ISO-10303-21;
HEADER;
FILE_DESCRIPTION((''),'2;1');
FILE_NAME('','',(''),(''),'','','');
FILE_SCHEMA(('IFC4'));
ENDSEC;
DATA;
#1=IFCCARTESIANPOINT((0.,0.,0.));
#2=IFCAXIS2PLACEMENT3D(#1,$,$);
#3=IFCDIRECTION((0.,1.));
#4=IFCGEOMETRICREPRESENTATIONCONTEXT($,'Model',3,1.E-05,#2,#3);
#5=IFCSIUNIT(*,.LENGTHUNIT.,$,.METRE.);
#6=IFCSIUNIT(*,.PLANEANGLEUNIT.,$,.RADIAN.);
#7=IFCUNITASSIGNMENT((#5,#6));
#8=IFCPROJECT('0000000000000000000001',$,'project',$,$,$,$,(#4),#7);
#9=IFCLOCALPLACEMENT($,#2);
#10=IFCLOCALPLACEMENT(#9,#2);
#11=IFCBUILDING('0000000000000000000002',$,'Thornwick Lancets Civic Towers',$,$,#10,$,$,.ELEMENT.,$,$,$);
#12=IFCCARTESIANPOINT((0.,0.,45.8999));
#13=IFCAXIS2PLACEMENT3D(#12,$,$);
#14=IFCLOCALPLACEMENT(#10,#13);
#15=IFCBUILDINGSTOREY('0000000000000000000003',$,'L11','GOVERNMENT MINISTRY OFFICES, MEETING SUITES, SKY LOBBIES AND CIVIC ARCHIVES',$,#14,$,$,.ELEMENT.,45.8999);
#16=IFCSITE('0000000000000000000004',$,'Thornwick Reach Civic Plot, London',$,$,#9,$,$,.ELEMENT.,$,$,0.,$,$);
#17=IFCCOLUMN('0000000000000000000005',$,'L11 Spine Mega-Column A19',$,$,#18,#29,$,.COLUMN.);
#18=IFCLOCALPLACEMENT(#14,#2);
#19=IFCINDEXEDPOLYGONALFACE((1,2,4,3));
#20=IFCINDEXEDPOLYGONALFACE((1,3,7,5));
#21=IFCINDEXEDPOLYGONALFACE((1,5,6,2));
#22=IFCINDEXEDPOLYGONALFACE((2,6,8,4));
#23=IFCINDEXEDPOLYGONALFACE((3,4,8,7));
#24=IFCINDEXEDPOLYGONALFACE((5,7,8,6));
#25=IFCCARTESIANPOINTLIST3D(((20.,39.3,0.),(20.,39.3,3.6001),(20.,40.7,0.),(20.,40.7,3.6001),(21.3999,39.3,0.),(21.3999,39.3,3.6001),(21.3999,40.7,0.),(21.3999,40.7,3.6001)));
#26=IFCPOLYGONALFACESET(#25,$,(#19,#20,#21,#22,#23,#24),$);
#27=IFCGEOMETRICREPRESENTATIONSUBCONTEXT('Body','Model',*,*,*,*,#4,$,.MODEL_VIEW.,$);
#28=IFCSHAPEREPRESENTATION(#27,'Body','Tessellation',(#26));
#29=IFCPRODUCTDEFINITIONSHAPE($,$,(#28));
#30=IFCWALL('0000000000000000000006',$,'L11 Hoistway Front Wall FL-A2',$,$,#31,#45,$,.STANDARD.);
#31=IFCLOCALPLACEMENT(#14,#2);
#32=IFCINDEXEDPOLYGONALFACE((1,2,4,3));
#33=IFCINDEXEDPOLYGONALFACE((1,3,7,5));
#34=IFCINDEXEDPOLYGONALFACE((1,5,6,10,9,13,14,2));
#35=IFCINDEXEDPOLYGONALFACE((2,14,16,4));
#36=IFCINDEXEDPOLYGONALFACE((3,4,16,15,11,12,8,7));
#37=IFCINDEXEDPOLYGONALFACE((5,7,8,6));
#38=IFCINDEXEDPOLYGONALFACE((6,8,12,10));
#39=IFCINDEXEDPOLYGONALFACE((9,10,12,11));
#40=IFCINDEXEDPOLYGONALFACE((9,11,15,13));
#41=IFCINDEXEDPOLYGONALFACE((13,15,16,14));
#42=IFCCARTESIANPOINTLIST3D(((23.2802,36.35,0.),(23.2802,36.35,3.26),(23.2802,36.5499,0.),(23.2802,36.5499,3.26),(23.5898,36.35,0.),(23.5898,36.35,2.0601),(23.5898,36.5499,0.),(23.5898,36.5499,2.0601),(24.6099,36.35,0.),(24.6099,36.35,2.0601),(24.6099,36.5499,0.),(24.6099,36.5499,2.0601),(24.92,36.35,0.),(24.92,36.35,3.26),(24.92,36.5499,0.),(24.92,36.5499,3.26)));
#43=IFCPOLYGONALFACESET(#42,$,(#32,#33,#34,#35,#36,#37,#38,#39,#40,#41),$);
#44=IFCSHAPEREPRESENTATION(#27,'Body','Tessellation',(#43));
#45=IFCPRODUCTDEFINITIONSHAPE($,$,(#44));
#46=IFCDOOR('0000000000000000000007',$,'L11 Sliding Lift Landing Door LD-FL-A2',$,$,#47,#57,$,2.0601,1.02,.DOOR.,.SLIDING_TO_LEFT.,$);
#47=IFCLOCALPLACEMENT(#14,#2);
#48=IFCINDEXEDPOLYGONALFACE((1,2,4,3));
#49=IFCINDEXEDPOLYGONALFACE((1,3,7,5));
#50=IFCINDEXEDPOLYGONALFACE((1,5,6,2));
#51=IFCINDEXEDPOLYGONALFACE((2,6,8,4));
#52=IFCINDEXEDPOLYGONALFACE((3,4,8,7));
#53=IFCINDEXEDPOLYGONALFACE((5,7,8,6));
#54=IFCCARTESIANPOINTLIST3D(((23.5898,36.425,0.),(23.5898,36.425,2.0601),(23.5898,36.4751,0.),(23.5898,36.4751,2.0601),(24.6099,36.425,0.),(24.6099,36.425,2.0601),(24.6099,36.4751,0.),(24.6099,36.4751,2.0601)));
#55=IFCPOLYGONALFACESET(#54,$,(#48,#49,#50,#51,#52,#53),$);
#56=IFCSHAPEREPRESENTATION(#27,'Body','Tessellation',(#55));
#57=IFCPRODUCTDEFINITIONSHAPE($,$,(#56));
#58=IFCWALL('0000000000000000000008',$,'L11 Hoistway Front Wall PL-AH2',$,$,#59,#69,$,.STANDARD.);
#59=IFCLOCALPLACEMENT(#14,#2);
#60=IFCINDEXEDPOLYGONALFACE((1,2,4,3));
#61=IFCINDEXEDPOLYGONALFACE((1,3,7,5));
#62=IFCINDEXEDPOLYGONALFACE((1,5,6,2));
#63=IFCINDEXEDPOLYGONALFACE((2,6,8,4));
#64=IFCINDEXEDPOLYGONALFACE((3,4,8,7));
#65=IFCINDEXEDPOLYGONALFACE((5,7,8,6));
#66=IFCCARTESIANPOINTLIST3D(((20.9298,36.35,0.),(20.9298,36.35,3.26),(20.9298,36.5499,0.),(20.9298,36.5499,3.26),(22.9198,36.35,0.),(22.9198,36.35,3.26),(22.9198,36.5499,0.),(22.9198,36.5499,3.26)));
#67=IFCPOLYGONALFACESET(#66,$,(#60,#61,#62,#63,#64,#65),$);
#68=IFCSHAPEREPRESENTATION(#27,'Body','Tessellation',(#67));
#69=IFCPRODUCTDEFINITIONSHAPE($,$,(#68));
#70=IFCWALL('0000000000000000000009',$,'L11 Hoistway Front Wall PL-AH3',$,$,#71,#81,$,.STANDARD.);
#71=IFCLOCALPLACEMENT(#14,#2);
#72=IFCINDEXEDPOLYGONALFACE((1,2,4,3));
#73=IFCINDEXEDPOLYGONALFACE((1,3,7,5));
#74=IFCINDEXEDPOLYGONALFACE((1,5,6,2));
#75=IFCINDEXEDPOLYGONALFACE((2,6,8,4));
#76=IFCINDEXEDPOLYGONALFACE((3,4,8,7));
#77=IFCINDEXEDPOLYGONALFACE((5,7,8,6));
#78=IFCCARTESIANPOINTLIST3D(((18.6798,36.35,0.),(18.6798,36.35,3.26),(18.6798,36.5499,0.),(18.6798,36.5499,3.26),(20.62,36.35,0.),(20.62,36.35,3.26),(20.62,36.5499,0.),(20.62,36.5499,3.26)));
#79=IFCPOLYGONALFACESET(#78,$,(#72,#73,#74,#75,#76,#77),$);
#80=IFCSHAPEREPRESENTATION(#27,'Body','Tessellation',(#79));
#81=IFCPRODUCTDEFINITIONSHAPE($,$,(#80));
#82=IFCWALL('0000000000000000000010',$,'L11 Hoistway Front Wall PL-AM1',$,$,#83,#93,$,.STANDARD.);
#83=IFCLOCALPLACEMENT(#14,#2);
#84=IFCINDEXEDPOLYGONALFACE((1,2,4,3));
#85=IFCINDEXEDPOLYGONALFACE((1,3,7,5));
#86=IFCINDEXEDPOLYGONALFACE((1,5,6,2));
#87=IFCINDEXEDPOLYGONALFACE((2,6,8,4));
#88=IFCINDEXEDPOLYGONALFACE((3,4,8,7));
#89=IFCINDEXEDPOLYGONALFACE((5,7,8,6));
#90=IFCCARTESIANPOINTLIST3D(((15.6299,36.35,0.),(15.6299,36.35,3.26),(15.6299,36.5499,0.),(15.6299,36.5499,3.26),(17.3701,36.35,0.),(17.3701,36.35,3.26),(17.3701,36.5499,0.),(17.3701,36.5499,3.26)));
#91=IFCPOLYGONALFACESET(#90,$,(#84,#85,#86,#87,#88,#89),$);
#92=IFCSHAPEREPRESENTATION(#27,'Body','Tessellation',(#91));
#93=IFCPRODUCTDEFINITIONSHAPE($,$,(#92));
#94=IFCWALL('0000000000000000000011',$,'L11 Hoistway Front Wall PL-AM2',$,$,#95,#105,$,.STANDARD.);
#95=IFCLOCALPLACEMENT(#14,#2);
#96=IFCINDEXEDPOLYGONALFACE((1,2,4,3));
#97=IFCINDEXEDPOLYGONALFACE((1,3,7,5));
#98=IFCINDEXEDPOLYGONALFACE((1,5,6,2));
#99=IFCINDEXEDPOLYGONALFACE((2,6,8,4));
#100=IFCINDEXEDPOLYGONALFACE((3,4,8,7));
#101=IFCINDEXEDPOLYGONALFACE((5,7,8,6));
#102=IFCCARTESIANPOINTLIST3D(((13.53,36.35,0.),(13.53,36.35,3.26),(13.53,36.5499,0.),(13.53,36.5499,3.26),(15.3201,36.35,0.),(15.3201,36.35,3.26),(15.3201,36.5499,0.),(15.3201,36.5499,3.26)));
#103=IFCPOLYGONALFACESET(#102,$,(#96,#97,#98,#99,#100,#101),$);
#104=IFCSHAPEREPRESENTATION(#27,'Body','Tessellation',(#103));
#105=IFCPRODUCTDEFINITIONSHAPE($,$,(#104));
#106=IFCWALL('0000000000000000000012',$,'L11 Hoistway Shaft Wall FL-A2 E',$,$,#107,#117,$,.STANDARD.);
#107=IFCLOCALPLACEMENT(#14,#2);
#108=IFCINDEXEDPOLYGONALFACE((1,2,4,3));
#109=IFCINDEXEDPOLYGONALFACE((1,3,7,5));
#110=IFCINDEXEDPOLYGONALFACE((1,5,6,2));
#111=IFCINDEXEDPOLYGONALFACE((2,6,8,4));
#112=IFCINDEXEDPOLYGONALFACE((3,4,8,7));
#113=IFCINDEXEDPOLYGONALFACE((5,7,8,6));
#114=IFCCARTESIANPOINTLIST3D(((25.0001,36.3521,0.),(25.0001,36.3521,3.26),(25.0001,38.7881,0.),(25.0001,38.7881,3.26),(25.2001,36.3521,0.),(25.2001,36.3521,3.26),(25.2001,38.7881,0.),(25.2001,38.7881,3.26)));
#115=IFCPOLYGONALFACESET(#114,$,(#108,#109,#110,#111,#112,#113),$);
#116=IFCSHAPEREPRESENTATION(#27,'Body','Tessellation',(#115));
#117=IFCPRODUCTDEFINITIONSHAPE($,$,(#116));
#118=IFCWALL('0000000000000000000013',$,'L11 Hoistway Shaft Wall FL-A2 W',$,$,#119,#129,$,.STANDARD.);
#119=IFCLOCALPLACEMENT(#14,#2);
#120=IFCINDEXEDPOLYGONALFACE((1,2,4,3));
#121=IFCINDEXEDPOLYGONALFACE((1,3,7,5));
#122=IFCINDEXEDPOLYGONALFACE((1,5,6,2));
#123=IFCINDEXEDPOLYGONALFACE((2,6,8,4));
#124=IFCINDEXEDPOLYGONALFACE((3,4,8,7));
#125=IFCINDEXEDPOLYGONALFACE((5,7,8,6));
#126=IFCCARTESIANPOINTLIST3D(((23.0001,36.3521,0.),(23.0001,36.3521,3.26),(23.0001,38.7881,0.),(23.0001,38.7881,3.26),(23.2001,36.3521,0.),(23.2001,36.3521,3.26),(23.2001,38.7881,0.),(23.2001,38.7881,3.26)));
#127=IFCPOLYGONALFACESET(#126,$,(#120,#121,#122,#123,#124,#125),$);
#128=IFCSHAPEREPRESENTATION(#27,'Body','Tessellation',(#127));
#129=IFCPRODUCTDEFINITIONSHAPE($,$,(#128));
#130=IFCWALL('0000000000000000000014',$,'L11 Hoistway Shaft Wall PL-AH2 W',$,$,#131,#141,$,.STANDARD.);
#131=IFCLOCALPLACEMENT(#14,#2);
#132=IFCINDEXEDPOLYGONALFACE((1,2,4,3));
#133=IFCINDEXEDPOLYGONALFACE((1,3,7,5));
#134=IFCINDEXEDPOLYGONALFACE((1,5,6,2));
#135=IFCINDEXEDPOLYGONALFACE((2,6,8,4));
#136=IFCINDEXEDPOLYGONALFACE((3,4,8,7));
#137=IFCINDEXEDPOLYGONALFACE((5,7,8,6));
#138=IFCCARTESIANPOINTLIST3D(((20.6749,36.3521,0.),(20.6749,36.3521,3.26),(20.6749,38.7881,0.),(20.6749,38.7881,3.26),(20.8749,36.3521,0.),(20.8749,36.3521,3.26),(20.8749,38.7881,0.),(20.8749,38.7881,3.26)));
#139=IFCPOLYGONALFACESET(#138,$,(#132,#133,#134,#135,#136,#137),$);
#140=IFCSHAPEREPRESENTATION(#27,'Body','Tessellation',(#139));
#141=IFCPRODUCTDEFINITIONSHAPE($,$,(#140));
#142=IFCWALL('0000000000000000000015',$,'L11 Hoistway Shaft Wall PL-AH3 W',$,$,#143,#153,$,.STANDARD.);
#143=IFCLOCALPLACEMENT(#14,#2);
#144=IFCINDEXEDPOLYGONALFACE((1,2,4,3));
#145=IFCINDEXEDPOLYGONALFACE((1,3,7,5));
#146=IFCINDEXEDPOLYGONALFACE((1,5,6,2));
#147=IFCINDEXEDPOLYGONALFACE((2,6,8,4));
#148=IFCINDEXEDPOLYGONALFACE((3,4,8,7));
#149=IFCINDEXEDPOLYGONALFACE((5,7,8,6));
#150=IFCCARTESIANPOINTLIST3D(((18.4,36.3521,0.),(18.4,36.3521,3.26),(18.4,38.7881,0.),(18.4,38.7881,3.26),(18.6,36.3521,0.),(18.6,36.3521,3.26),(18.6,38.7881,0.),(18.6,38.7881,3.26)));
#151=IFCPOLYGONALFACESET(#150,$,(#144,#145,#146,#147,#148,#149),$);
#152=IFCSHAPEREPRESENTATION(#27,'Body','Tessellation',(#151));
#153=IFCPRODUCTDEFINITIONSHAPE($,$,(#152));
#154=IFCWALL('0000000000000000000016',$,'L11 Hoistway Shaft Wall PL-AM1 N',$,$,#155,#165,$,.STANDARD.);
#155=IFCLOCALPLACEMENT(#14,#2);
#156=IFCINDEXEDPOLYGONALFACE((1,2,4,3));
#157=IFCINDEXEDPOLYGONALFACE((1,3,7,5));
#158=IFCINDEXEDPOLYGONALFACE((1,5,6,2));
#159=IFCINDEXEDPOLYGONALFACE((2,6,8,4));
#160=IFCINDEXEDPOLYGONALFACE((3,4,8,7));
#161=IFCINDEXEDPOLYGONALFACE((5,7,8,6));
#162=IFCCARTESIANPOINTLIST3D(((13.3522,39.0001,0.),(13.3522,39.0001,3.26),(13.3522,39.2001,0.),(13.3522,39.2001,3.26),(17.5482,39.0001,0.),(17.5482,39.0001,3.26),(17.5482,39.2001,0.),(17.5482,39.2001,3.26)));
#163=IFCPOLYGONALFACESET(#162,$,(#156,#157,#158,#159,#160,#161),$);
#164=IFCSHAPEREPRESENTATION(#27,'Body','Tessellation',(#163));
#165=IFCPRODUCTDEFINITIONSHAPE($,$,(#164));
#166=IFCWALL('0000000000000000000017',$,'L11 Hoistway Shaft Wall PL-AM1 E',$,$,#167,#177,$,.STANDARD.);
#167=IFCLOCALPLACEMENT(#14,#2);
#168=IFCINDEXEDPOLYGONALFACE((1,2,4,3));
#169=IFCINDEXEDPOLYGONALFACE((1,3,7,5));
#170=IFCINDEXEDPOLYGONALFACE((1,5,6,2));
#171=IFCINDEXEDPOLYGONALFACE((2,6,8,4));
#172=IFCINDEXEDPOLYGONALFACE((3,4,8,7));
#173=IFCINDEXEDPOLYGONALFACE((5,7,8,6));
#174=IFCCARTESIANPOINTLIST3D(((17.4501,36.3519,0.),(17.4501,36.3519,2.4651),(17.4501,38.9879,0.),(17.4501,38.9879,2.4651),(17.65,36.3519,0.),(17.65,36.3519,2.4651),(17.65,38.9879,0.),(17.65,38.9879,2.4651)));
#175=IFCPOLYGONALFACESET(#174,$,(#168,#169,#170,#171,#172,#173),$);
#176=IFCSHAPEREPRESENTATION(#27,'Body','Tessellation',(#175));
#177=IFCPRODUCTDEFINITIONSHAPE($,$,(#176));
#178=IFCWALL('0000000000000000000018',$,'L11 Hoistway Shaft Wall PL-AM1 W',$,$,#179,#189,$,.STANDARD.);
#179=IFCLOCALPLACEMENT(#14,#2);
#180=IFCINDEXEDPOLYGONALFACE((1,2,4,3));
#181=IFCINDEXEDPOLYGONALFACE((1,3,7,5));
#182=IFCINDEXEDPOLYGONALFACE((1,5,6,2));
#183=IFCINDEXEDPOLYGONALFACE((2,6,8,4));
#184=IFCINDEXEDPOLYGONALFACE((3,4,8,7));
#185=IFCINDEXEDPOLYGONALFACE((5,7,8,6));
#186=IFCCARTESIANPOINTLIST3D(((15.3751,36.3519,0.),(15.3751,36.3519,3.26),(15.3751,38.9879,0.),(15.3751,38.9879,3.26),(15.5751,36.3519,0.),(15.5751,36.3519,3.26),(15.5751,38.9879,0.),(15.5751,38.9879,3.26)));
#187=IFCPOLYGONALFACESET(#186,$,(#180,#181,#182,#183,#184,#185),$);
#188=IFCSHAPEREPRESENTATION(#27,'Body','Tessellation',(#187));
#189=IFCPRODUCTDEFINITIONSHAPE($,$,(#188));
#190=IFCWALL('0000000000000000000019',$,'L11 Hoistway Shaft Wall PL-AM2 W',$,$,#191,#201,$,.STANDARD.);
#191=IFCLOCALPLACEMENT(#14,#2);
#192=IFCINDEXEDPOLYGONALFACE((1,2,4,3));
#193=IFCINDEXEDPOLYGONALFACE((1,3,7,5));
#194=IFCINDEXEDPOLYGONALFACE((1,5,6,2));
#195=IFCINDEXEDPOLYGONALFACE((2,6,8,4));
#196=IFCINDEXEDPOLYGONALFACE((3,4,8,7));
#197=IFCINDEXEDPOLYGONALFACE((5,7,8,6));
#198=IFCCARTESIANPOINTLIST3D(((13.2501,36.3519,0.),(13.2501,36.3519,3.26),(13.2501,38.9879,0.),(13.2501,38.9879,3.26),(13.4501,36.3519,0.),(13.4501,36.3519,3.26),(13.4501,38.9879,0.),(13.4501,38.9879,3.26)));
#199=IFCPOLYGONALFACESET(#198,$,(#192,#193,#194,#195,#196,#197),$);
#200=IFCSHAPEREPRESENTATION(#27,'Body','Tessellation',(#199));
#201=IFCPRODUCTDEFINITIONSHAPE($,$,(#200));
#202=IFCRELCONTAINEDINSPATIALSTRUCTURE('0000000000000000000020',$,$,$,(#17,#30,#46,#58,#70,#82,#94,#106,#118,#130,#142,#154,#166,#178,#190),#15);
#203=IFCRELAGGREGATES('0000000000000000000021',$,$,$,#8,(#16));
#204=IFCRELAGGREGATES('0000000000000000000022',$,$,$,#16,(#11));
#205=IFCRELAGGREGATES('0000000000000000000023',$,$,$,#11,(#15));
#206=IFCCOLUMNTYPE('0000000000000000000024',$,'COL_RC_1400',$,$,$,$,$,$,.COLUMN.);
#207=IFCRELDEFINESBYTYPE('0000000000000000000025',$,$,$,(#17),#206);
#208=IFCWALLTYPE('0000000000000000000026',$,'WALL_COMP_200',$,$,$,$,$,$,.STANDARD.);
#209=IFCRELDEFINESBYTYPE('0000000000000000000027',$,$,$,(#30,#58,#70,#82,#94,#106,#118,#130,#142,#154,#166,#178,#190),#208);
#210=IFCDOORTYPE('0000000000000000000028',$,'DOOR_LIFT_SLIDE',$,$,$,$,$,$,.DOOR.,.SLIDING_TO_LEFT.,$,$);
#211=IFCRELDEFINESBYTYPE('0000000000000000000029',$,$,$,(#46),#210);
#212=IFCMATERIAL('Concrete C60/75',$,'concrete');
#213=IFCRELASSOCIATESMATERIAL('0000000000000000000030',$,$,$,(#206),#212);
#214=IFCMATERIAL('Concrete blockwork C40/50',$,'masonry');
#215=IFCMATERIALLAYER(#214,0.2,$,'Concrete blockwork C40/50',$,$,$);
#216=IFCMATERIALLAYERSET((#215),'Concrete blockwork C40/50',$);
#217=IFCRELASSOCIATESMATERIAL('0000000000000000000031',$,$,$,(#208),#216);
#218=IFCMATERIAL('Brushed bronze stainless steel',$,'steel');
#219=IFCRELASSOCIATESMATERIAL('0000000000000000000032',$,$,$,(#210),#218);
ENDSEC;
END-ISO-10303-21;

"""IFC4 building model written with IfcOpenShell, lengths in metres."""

from ifc_helpers import new_model, si_unit, direction, frame, frame_2d, origin, origin_2d, place, context, subcontext, project, spatial, rectangle, extrude, material, layer, layer_set, material_profile, profile_set, type_object, element, fill, save


model = new_model("IFC4")

# Units and contexts
model_context = context("Model", 3, precision=1e-05, world=origin(), true_north=direction((0.0, 1.0)))
body_context = subcontext(model_context, "Body", "Model", "MODEL_VIEW")
ifc_project = project(units=[si_unit("LENGTHUNIT", "METRE"), si_unit("PLANEANGLEUNIT", "RADIAN")], contexts=[model_context])

# Site, building, storey
site_placement = place(None, origin())
site = spatial("IfcSite", under=ifc_project, at=site_placement, Name="Thornwick Reach Civic Plot, London", CompositionType="ELEMENT", RefElevation=0.0)
building_placement = place(site_placement, origin())
building = spatial("IfcBuilding", under=site, at=building_placement, Name="Thornwick Lancets Civic Towers", CompositionType="ELEMENT")
storey_placement = place(building_placement, frame((0.0, 0.0, 45.8999)))
storey = spatial("IfcBuildingStorey", under=building, at=storey_placement, Name="L11", Description="GOVERNMENT MINISTRY OFFICES, MEETING SUITES, SKY LOBBIES AND CIVIC ARCHIVES", CompositionType="ELEMENT", Elevation=45.8999)

# Column
ifc_material_1 = material(Name="Concrete C60/75", Category="concrete")
ifc_material_profile = material_profile(ifc_material_1, rectangle(XDim=1.3999, YDim=1.3999, at=origin_2d()), Name="RC 1400x1400")
ifc_profile_set = profile_set([ifc_material_profile], Name="Concrete C60/75")
column_type = type_object("IfcColumnType", Name="COL_RC_1400", PredefinedType="COLUMN", material=ifc_profile_set)
column_placement = place(storey_placement, frame((20.7, 40.0, 0.0), z_axis=(0.0, 0.0, 1.0), x_axis=(1.0, 0.0, 0.0)))
element("IfcColumn", 1, at=column_placement, inside=storey, type_object=column_type, Name="L11 Spine Mega-Column A19", PredefinedType="COLUMN", context=body_context, shape_type="SweptSolid", body=[
    extrude(rectangle(XDim=1.3999, YDim=1.3999, at=origin_2d()), origin(), (0.0, 0.0, 1.0), 3.6001),
])

# Wall, opening, door
ifc_material_2 = material(Name="Concrete blockwork C40/50", Category="masonry")
ifc_layer_1 = layer(ifc_material_2, 0.2, Name="Concrete blockwork C40/50")
ifc_layer_set_1 = layer_set([ifc_layer_1], Name="Concrete blockwork C40/50")
wall_type_1 = type_object("IfcWallType", Name="WALL_COMP_200", PredefinedType="STANDARD", material=ifc_layer_set_1)
wall_1_placement = place(storey_placement, frame((24.9199, 36.45, 0.0), z_axis=(0.0, 0.0, 1.0), x_axis=(-1.0, 0.0, 0.0)))
wall_1 = element("IfcWall", 2, at=wall_1_placement, inside=storey, type_object=wall_type_1, Name="L11 Hoistway Front Wall FL-A2", PredefinedType="STANDARD", context=body_context, shape_type="SweptSolid", body=[
    extrude(rectangle(XDim=1.6399, YDim=0.2, at=frame_2d((0.8198, 0.0))), origin(), (0.0, 0.0, 1.0), 3.26),
])
opening_placement = place(wall_1_placement, frame((0.3101, 0.0, 0.0)))
opening = element("IfcOpeningElement", 3, at=opening_placement, cuts=wall_1, PredefinedType="OPENING", context=body_context, shape_type="SweptSolid", body=[
    extrude(rectangle(XDim=1.02, YDim=2.0601, at=frame_2d((0.51, 1.03))), frame((0.0, 0.1099, 0.0), z_axis=(0.0, -1.0, 0.0), x_axis=(1.0, 0.0, 0.0)), (0.0, 0.0, 1.0), 0.22),
])
ifc_material_3 = material(Name="Brushed bronze stainless steel", Category="steel")
door_type = type_object("IfcDoorType", Name="DOOR_LIFT_SLIDE", OperationType="SLIDING_TO_LEFT", PredefinedType="DOOR", material=ifc_material_3)
door_placement = place(opening_placement, origin())
door = element("IfcDoor", 4, at=door_placement, inside=storey, type_object=door_type, Name="L11 Sliding Lift Landing Door LD-FL-A2", OperationType="SLIDING_TO_LEFT", OverallHeight=2.0601, OverallWidth=1.02, PredefinedType="DOOR", context=body_context, shape_type="SweptSolid", body=[
    extrude(rectangle(XDim=1.02, YDim=2.0601, at=frame_2d((0.51, 1.03))), frame((0.0, 0.0249, 0.0), z_axis=(0.0, -1.0, 0.0), x_axis=(1.0, 0.0, 0.0)), (0.0, 0.0, 1.0), 0.05),
])
fill(opening, door)

# Walls
wall_2_placement = place(storey_placement, frame((22.9199, 36.45, 0.0), z_axis=(0.0, 0.0, 1.0), x_axis=(-1.0, 0.0, 0.0)))
element("IfcWall", 5, at=wall_2_placement, inside=storey, type_object=wall_type_1, Name="L11 Hoistway Front Wall PL-AH2", PredefinedType="STANDARD", context=body_context, shape_type="SweptSolid", body=[
    extrude(rectangle(XDim=1.99, YDim=0.2, at=frame_2d((0.9951, 0.0))), origin(), (0.0, 0.0, 1.0), 3.26),
])
wall_3_placement = place(storey_placement, frame((20.6201, 36.45, 0.0), z_axis=(0.0, 0.0, 1.0), x_axis=(-1.0, 0.0, 0.0)))
element("IfcWall", 6, at=wall_3_placement, inside=storey, type_object=wall_type_1, Name="L11 Hoistway Front Wall PL-AH3", PredefinedType="STANDARD", context=body_context, shape_type="SweptSolid", body=[
    extrude(rectangle(XDim=1.9402, YDim=0.2, at=frame_2d((0.9702, 0.0))), origin(), (0.0, 0.0, 1.0), 3.26),
])
wall_4_placement = place(storey_placement, frame((17.3701, 36.45, 0.0), z_axis=(0.0, 0.0, 1.0), x_axis=(-1.0, 0.0, 0.0)))
element("IfcWall", 7, at=wall_4_placement, inside=storey, type_object=wall_type_1, Name="L11 Hoistway Front Wall PL-AM1", PredefinedType="STANDARD", context=body_context, shape_type="SweptSolid", body=[
    extrude(rectangle(XDim=1.7402, YDim=0.2, at=frame_2d((0.8701, 0.0))), origin(), (0.0, 0.0, 1.0), 3.26),
])
wall_5_placement = place(storey_placement, frame((15.3201, 36.45, 0.0), z_axis=(0.0, 0.0, 1.0), x_axis=(-1.0, 0.0, 0.0)))
element("IfcWall", 8, at=wall_5_placement, inside=storey, type_object=wall_type_1, Name="L11 Hoistway Front Wall PL-AM2", PredefinedType="STANDARD", context=body_context, shape_type="SweptSolid", body=[
    extrude(rectangle(XDim=1.79, YDim=0.2, at=frame_2d((0.895, 0.0))), origin(), (0.0, 0.0, 1.0), 3.26),
])
for number, where, z_axis, x_axis, name in (
    (9, (25.1001, 36.3521, 0.0), (0.0, 0.0, 1.0), (0.0, 1.0, 0.0), "L11 Hoistway Shaft Wall FL-A2 E"),
    (10, (23.1001, 36.3521, 0.0), (0.0, 0.0, 1.0), (0.0, 1.0, 0.0), "L11 Hoistway Shaft Wall FL-A2 W"),
    (11, (20.7749, 36.3521, 0.0), (0.0, 0.0, 1.0), (0.0, 1.0, 0.0), "L11 Hoistway Shaft Wall PL-AH2 W"),
    (12, (18.5, 36.3521, 0.0), (0.0, 0.0, 1.0), (0.0, 1.0, 0.0), "L11 Hoistway Shaft Wall PL-AH3 W"),
):
    element("IfcWall", number, at=place(storey_placement, frame(where, z_axis=z_axis, x_axis=x_axis)), inside=storey, type_object=wall_type_1, Name=name, PredefinedType="STANDARD", context=body_context, shape_type="SweptSolid", body=[
        extrude(rectangle(XDim=2.436, YDim=0.2, at=frame_2d((1.218, 0.0))), origin(), (0.0, 0.0, 1.0), 3.26),
    ])
wall_6_placement = place(storey_placement, frame((13.3521, 39.1001, 0.0), z_axis=(0.0, 0.0, 1.0), x_axis=(1.0, 0.0, 0.0)))
element("IfcWall", 13, at=wall_6_placement, inside=storey, type_object=wall_type_1, Name="L11 Hoistway Shaft Wall PL-AM1 N", PredefinedType="STANDARD", context=body_context, shape_type="SweptSolid", body=[
    extrude(rectangle(XDim=4.196, YDim=0.2, at=frame_2d((2.0981, 0.0))), origin(), (0.0, 0.0, 1.0), 3.26),
])
wall_7_placement = place(storey_placement, frame((17.55, 36.3521, 0.0), z_axis=(0.0, 0.0, 1.0), x_axis=(0.0, 1.0, 0.0)))
element("IfcWall", 14, at=wall_7_placement, inside=storey, type_object=wall_type_1, Name="L11 Hoistway Shaft Wall PL-AM1 E", PredefinedType="STANDARD", context=body_context, shape_type="SweptSolid", body=[
    extrude(rectangle(XDim=2.636, YDim=0.2, at=frame_2d((1.3179, 0.0))), origin(), (0.0, 0.0, 1.0), 2.4651),
])
for number, where, z_axis, x_axis, name in (
    (15, (15.4751, 36.3521, 0.0), (0.0, 0.0, 1.0), (0.0, 1.0, 0.0), "L11 Hoistway Shaft Wall PL-AM1 W"),
    (16, (13.3501, 36.3521, 0.0), (0.0, 0.0, 1.0), (0.0, 1.0, 0.0), "L11 Hoistway Shaft Wall PL-AM2 W"),
):
    element("IfcWall", number, at=place(storey_placement, frame(where, z_axis=z_axis, x_axis=x_axis)), inside=storey, type_object=wall_type_1, Name=name, PredefinedType="STANDARD", context=body_context, shape_type="SweptSolid", body=[
        extrude(rectangle(XDim=2.636, YDim=0.2, at=frame_2d((1.3179, 0.0))), origin(), (0.0, 0.0, 1.0), 3.26),
    ])

save(model, "model.ifc")
